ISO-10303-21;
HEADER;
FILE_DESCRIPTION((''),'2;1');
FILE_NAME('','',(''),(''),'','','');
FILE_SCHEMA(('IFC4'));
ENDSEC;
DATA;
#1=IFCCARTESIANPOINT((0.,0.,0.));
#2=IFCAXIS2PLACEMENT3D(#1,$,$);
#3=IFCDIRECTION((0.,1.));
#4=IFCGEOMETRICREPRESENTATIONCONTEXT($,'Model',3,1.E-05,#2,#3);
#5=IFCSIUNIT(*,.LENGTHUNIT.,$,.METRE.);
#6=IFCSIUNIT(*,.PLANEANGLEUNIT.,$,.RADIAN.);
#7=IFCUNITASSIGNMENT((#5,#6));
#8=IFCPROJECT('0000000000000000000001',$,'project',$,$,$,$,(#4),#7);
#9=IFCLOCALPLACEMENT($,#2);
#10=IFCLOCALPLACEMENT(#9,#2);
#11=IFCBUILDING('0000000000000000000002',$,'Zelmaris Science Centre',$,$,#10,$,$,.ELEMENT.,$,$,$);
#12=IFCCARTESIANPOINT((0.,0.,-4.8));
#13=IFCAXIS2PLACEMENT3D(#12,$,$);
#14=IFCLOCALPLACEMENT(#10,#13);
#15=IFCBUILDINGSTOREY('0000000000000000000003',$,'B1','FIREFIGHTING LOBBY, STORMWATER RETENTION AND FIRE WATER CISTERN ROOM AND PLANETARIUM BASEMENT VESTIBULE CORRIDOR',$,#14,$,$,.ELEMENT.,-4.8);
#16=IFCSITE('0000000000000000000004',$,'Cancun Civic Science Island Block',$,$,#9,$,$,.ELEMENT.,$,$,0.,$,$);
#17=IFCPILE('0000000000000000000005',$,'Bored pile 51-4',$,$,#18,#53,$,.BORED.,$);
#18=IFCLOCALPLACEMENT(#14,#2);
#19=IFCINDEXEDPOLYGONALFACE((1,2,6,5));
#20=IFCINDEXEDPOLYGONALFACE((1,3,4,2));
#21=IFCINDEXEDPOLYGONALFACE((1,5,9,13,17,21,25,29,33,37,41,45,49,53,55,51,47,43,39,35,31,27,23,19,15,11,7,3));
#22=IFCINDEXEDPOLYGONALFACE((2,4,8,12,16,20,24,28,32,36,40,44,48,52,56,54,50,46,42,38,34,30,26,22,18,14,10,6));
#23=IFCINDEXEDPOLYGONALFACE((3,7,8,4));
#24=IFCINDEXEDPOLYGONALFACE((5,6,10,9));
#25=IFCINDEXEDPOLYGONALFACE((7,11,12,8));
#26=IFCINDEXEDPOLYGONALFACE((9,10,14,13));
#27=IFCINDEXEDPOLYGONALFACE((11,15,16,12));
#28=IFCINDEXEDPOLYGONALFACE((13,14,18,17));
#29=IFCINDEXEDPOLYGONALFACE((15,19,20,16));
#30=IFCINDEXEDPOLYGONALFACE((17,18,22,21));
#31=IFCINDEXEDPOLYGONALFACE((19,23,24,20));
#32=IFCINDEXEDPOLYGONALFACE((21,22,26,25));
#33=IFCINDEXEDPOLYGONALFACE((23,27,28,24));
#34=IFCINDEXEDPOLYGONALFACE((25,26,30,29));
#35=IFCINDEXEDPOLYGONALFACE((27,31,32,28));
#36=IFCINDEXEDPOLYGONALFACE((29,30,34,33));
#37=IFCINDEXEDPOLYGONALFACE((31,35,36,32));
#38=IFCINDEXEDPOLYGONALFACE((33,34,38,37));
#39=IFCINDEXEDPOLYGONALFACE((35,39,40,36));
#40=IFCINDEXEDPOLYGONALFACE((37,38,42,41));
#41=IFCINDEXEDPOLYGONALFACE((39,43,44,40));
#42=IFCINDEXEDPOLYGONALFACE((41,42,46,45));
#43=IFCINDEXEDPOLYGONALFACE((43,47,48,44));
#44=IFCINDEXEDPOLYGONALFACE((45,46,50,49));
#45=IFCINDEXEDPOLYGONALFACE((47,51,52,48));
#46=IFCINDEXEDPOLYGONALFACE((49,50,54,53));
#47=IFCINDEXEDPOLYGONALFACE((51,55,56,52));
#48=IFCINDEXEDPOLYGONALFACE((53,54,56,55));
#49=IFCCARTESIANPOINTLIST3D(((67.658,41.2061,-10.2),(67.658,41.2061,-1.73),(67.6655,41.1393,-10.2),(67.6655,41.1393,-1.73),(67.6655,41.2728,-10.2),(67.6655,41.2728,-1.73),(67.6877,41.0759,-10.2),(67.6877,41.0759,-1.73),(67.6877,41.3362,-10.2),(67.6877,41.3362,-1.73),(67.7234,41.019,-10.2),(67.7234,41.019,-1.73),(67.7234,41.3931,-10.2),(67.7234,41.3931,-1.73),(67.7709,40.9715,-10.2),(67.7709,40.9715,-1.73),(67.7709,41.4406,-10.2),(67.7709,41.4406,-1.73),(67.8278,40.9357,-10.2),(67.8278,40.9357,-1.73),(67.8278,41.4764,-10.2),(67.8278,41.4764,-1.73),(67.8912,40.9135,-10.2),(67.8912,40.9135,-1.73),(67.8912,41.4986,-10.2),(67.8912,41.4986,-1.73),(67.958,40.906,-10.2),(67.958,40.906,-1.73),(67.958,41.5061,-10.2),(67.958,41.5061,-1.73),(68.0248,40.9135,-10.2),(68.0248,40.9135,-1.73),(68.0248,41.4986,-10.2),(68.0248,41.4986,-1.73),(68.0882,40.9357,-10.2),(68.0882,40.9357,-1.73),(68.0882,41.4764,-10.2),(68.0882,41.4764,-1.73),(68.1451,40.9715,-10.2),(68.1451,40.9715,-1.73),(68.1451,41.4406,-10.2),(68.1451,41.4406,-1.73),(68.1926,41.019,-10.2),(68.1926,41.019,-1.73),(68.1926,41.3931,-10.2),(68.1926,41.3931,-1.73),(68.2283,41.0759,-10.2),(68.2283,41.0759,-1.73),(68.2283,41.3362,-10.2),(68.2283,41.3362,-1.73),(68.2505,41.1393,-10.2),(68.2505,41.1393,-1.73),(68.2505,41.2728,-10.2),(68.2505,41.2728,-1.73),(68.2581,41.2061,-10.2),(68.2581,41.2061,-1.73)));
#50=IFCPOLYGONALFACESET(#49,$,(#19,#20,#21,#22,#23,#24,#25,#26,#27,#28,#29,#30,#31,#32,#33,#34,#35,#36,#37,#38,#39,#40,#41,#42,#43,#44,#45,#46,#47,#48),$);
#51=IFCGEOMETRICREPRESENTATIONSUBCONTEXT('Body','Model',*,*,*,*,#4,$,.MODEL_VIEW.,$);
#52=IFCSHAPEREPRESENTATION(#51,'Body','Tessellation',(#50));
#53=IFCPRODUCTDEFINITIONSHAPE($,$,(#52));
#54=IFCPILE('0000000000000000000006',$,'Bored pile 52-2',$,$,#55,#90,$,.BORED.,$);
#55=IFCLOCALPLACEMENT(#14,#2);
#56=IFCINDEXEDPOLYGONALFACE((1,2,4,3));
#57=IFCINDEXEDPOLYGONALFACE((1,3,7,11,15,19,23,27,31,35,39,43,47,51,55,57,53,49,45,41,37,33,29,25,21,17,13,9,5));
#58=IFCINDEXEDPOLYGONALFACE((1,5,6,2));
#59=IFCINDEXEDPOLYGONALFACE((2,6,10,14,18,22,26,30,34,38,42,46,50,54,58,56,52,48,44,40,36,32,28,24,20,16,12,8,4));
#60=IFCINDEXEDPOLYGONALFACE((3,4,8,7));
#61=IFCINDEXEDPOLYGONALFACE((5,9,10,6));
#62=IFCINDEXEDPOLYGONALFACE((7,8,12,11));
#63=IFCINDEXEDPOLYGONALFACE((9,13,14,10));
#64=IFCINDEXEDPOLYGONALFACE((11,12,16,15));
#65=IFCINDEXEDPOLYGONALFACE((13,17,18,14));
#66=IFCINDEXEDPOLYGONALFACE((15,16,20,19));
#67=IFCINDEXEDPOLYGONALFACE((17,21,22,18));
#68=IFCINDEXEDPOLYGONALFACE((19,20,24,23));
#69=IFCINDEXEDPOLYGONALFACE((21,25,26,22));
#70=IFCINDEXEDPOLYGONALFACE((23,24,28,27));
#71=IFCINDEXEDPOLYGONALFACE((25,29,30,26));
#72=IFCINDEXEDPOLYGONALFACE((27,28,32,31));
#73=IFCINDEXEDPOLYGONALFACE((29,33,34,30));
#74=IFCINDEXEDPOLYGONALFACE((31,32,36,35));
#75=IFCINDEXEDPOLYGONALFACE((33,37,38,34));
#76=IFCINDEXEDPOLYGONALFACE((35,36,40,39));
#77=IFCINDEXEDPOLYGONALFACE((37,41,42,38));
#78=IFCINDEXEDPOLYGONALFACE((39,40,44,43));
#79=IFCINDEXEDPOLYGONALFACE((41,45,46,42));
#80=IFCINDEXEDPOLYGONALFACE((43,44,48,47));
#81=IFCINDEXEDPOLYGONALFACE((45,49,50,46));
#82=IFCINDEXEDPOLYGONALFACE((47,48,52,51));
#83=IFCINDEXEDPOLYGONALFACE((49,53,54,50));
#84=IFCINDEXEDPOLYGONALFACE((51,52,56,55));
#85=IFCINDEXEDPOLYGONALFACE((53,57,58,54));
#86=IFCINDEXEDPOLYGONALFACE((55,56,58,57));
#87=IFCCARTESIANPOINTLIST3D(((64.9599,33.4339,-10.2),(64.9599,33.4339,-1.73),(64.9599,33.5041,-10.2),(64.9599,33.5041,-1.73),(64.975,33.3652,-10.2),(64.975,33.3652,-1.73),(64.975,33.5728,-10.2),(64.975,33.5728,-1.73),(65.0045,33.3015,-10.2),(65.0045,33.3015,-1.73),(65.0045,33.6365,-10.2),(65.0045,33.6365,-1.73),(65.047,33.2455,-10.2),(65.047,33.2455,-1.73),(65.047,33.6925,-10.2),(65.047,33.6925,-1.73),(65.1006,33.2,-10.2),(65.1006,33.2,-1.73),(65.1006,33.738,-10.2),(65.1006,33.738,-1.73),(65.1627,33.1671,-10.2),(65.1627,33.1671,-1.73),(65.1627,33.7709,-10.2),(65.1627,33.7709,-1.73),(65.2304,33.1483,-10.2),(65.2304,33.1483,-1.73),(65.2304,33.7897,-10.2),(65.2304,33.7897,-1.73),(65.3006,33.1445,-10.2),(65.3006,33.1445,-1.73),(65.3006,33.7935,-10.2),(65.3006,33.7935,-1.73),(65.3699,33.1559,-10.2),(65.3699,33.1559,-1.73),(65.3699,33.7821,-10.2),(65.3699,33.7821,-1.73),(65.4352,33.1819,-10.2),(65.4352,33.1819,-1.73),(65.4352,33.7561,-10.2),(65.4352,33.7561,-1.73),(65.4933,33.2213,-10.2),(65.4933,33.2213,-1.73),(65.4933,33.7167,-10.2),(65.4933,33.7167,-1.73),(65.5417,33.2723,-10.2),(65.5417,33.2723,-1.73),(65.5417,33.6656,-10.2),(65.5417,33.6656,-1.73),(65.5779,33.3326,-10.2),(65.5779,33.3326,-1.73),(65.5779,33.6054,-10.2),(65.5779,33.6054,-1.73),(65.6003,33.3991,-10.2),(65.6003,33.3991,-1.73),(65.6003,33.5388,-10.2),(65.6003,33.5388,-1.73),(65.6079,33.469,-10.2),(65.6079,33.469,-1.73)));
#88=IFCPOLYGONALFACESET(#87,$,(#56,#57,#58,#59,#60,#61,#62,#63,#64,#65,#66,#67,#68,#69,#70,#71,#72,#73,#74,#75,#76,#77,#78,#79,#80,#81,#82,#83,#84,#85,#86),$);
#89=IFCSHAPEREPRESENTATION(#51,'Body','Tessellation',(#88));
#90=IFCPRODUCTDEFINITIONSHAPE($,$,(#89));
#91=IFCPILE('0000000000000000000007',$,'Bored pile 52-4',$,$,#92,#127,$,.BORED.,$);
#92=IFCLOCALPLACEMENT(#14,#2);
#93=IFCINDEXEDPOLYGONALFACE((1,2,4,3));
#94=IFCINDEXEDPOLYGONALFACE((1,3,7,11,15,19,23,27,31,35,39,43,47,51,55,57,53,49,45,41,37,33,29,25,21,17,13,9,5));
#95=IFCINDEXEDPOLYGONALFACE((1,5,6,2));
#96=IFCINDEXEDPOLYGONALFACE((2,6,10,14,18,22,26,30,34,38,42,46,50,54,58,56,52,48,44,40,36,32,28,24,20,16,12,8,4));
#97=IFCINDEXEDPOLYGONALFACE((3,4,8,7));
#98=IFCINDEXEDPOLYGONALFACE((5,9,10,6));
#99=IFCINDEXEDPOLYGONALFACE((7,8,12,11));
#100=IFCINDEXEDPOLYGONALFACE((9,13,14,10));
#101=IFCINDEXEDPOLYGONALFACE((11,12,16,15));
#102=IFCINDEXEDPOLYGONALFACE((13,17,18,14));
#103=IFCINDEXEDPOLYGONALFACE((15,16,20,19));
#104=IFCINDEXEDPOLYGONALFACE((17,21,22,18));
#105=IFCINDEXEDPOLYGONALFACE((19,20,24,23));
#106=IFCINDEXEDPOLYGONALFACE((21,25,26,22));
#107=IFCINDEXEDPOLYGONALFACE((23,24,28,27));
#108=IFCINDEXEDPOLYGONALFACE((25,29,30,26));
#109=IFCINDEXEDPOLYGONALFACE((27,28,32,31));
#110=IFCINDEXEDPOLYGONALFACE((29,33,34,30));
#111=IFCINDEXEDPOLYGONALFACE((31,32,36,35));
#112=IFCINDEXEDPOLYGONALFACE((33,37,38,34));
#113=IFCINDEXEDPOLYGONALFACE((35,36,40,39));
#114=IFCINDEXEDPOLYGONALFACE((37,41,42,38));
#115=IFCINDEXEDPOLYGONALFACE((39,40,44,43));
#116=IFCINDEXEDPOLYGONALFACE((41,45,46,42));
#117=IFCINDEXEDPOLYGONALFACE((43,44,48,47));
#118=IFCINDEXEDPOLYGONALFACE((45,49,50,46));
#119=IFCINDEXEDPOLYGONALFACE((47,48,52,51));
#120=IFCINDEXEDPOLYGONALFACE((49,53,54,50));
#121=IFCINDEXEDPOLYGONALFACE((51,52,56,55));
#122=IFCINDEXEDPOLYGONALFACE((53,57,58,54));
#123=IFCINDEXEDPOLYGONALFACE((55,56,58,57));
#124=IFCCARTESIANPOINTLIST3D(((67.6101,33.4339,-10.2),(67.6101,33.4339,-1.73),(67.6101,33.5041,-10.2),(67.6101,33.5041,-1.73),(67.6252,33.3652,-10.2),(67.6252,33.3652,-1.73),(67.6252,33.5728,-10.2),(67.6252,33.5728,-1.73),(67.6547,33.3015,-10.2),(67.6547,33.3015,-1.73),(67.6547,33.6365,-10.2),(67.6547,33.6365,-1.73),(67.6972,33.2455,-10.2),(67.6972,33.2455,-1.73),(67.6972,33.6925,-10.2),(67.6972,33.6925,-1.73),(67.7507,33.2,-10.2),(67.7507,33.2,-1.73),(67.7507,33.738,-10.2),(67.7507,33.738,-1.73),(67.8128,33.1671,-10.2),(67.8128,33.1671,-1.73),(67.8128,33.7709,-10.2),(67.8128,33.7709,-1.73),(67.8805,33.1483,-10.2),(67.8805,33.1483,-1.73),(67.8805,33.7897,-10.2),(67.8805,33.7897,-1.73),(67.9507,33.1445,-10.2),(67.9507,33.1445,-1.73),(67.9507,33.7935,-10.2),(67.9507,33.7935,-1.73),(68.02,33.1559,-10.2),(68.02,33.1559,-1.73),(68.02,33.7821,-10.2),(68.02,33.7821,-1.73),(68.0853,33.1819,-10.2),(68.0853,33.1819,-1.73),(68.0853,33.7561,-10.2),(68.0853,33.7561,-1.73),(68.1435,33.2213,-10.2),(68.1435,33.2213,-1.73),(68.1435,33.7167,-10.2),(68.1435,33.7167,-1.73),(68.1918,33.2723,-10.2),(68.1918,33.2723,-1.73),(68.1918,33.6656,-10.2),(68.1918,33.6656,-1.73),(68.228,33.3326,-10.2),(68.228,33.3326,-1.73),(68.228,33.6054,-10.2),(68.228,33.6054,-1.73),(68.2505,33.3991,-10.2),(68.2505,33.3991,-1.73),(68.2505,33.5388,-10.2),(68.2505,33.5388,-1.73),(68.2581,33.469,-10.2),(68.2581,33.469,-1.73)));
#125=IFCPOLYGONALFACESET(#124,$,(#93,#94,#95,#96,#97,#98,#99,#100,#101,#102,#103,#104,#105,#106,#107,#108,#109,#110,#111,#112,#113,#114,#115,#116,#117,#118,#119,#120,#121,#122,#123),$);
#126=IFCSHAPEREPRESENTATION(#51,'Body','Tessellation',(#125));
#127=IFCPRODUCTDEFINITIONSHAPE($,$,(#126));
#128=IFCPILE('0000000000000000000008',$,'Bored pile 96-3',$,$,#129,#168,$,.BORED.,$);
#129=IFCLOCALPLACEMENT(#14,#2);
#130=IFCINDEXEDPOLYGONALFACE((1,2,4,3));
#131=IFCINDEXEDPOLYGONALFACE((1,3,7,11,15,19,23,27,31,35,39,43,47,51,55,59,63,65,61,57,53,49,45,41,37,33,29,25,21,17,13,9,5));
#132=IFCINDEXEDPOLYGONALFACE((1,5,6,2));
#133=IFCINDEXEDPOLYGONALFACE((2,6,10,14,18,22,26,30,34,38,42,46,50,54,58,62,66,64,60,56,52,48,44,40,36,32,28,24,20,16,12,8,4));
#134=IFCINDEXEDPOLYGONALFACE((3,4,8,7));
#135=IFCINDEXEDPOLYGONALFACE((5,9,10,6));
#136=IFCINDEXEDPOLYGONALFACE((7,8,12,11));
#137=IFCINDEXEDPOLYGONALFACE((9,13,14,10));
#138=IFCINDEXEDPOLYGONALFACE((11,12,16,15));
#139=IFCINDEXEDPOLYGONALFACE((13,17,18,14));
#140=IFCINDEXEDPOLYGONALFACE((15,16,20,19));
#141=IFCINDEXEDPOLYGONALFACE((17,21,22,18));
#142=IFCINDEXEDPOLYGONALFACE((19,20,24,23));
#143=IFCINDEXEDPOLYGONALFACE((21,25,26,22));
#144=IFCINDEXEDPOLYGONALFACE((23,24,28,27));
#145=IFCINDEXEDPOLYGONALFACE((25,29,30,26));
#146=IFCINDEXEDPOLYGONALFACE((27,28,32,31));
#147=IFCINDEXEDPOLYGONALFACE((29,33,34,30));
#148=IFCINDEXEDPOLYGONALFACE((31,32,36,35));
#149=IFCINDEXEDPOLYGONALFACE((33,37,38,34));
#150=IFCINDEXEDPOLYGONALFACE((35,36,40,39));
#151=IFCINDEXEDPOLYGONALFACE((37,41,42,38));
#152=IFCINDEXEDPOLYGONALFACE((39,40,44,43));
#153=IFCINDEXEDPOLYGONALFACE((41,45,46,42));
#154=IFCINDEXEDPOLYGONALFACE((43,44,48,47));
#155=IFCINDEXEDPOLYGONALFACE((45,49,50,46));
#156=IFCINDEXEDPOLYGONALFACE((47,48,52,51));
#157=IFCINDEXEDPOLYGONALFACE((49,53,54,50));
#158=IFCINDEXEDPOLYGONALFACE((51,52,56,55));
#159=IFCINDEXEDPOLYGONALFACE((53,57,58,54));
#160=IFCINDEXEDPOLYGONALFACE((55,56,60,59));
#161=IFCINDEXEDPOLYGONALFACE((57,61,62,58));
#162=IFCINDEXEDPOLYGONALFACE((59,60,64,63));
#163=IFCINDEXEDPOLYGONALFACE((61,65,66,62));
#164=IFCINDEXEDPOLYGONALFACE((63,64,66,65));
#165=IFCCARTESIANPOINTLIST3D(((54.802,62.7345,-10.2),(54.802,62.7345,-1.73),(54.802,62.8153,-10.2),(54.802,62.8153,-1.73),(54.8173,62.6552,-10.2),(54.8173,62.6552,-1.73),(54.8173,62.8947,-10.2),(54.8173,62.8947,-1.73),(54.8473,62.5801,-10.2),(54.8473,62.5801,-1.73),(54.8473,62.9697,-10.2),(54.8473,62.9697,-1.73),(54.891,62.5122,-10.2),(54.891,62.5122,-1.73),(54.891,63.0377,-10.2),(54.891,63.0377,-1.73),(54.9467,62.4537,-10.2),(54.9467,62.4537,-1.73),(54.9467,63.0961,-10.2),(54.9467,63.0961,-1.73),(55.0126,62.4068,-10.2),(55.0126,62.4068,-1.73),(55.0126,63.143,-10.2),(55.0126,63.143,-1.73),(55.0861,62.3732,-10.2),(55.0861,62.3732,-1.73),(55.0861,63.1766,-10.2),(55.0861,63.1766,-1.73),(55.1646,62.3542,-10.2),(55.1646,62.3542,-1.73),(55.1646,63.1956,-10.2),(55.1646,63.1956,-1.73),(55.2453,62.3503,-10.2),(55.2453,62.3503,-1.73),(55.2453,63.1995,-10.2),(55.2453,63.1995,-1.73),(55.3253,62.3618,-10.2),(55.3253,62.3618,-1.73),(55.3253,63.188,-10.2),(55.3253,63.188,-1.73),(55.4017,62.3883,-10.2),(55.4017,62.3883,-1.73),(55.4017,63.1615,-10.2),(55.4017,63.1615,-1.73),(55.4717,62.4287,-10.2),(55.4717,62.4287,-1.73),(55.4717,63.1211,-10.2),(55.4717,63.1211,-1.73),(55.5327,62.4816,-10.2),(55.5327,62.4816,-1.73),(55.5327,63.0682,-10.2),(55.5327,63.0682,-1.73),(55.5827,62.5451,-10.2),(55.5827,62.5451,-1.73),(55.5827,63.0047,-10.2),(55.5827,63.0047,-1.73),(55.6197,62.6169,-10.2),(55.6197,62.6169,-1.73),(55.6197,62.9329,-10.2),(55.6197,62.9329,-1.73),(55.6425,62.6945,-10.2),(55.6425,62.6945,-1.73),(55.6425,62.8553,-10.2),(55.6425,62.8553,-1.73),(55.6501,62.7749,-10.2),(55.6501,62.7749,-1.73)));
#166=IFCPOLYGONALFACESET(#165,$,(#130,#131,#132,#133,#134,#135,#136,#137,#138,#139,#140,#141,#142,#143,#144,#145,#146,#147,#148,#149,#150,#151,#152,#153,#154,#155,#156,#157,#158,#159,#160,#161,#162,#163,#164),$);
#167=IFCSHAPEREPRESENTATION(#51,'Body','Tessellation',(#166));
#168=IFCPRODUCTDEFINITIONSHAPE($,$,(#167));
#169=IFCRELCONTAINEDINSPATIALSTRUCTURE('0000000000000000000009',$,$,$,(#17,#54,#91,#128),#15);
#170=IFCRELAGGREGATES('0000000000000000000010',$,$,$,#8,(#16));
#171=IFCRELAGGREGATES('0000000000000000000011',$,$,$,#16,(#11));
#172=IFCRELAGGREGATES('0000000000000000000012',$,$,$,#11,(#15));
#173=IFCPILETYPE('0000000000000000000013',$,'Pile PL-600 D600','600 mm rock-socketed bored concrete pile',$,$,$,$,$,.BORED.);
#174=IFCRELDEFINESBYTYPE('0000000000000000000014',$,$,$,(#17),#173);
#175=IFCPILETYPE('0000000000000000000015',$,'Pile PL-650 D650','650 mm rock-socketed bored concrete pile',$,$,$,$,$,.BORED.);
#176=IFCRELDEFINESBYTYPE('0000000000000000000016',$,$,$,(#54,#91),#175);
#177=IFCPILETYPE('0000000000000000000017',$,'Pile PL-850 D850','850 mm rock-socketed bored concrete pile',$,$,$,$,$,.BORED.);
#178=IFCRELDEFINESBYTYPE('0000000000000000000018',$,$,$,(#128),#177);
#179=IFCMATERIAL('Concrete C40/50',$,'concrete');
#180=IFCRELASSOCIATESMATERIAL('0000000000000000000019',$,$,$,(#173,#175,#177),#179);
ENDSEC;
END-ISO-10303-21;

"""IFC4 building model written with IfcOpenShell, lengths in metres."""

from ifc_helpers import new_model, si_unit, direction, frame, origin, origin_2d, place, context, subcontext, project, spatial, circle, extrude, material, material_profile, profile_set, type_object, element, save


model = new_model("IFC4")

# Units and contexts
model_context = context("Model", 3, precision=1e-05, world=origin(), true_north=direction((0.0, 1.0)))
body_context = subcontext(model_context, "Body", "Model", "MODEL_VIEW")
ifc_project = project(units=[si_unit("LENGTHUNIT", "METRE"), si_unit("PLANEANGLEUNIT", "RADIAN")], contexts=[model_context])

# Site, building, storey
site_placement = place(None, origin())
site = spatial("IfcSite", under=ifc_project, at=site_placement, Name="Cancun Civic Science Island Block", CompositionType="ELEMENT", RefElevation=0.0)
building_placement = place(site_placement, origin())
building = spatial("IfcBuilding", under=site, at=building_placement, Name="Zelmaris Science Centre", CompositionType="ELEMENT")
storey_placement = place(building_placement, frame((0.0, 0.0, -4.8)))
storey = spatial("IfcBuildingStorey", under=building, at=storey_placement, Name="B1", Description="FIREFIGHTING LOBBY, STORMWATER RETENTION AND FIRE WATER CISTERN ROOM AND PLANETARIUM BASEMENT VESTIBULE CORRIDOR", CompositionType="ELEMENT", Elevation=-4.8)

# Shared definitions
ifc_material_1 = material(Name="Concrete C40/50", Category="concrete")

# Piles
ifc_material_profile_1 = material_profile(ifc_material_1, circle(Radius=0.3, at=origin_2d()), Name="PILE-600")
ifc_profile_set_1 = profile_set([ifc_material_profile_1], Name="Concrete C40/50")
pile_type_1 = type_object("IfcPileType", Name="Pile PL-600 D600", Description="600 mm rock-socketed bored concrete pile", PredefinedType="BORED", material=ifc_profile_set_1)
for number, where, z_axis, x_axis, name in (
    (1, (67.958, 41.2061, -1.73), (0.0, 0.0, -1.0), (1.0, 0.0, 0.0), "Bored pile 51-4"),
):
    element("IfcPile", number, at=place(storey_placement, frame(where, z_axis=z_axis, x_axis=x_axis)), inside=storey, type_object=pile_type_1, Name=name, PredefinedType="BORED", context=body_context, shape_type="SweptSolid", body=[
        extrude(circle(Radius=0.3, at=origin_2d()), origin(), (0.0, 0.0, 1.0), 8.47),
    ])
ifc_material_profile_2 = material_profile(ifc_material_1, circle(Radius=0.325, at=origin_2d()), Name="PILE-650")
ifc_profile_set_2 = profile_set([ifc_material_profile_2], Name="Concrete C40/50")
pile_type_2 = type_object("IfcPileType", Name="Pile PL-650 D650", Description="650 mm rock-socketed bored concrete pile", PredefinedType="BORED", material=ifc_profile_set_2)
for number, where, z_axis, x_axis, name in (
    (2, (65.283, 33.469, -1.73), (0.0, 0.0, -1.0), (1.0, 0.0, 0.0), "Bored pile 52-2"),
    (3, (67.9331, 33.469, -1.73), (0.0, 0.0, -1.0), (1.0, 0.0, 0.0), "Bored pile 52-4"),
):
    element("IfcPile", number, at=place(storey_placement, frame(where, z_axis=z_axis, x_axis=x_axis)), inside=storey, type_object=pile_type_2, Name=name, PredefinedType="BORED", context=body_context, shape_type="SweptSolid", body=[
        extrude(circle(Radius=0.325, at=origin_2d()), origin(), (0.0, 0.0, 1.0), 8.47),
    ])
ifc_material_profile_3 = material_profile(ifc_material_1, circle(Radius=0.425, at=origin_2d()), Name="PILE-850")
ifc_profile_set_3 = profile_set([ifc_material_profile_3], Name="Concrete C40/50")
pile_type_3 = type_object("IfcPileType", Name="Pile PL-850 D850", Description="850 mm rock-socketed bored concrete pile", PredefinedType="BORED", material=ifc_profile_set_3)
pile_1_placement = place(storey_placement, frame((55.2251, 62.7749, -1.73), z_axis=(0.0, 0.0, -1.0), x_axis=(1.0, 0.0, 0.0)))
element("IfcPile", 4, at=pile_1_placement, inside=storey, type_object=pile_type_3, Name="Bored pile 96-3", PredefinedType="BORED", context=body_context, shape_type="SweptSolid", body=[
    extrude(circle(Radius=0.425, at=origin_2d()), origin(), (0.0, 0.0, 1.0), 8.47),
])

save(model, "model.ifc")
